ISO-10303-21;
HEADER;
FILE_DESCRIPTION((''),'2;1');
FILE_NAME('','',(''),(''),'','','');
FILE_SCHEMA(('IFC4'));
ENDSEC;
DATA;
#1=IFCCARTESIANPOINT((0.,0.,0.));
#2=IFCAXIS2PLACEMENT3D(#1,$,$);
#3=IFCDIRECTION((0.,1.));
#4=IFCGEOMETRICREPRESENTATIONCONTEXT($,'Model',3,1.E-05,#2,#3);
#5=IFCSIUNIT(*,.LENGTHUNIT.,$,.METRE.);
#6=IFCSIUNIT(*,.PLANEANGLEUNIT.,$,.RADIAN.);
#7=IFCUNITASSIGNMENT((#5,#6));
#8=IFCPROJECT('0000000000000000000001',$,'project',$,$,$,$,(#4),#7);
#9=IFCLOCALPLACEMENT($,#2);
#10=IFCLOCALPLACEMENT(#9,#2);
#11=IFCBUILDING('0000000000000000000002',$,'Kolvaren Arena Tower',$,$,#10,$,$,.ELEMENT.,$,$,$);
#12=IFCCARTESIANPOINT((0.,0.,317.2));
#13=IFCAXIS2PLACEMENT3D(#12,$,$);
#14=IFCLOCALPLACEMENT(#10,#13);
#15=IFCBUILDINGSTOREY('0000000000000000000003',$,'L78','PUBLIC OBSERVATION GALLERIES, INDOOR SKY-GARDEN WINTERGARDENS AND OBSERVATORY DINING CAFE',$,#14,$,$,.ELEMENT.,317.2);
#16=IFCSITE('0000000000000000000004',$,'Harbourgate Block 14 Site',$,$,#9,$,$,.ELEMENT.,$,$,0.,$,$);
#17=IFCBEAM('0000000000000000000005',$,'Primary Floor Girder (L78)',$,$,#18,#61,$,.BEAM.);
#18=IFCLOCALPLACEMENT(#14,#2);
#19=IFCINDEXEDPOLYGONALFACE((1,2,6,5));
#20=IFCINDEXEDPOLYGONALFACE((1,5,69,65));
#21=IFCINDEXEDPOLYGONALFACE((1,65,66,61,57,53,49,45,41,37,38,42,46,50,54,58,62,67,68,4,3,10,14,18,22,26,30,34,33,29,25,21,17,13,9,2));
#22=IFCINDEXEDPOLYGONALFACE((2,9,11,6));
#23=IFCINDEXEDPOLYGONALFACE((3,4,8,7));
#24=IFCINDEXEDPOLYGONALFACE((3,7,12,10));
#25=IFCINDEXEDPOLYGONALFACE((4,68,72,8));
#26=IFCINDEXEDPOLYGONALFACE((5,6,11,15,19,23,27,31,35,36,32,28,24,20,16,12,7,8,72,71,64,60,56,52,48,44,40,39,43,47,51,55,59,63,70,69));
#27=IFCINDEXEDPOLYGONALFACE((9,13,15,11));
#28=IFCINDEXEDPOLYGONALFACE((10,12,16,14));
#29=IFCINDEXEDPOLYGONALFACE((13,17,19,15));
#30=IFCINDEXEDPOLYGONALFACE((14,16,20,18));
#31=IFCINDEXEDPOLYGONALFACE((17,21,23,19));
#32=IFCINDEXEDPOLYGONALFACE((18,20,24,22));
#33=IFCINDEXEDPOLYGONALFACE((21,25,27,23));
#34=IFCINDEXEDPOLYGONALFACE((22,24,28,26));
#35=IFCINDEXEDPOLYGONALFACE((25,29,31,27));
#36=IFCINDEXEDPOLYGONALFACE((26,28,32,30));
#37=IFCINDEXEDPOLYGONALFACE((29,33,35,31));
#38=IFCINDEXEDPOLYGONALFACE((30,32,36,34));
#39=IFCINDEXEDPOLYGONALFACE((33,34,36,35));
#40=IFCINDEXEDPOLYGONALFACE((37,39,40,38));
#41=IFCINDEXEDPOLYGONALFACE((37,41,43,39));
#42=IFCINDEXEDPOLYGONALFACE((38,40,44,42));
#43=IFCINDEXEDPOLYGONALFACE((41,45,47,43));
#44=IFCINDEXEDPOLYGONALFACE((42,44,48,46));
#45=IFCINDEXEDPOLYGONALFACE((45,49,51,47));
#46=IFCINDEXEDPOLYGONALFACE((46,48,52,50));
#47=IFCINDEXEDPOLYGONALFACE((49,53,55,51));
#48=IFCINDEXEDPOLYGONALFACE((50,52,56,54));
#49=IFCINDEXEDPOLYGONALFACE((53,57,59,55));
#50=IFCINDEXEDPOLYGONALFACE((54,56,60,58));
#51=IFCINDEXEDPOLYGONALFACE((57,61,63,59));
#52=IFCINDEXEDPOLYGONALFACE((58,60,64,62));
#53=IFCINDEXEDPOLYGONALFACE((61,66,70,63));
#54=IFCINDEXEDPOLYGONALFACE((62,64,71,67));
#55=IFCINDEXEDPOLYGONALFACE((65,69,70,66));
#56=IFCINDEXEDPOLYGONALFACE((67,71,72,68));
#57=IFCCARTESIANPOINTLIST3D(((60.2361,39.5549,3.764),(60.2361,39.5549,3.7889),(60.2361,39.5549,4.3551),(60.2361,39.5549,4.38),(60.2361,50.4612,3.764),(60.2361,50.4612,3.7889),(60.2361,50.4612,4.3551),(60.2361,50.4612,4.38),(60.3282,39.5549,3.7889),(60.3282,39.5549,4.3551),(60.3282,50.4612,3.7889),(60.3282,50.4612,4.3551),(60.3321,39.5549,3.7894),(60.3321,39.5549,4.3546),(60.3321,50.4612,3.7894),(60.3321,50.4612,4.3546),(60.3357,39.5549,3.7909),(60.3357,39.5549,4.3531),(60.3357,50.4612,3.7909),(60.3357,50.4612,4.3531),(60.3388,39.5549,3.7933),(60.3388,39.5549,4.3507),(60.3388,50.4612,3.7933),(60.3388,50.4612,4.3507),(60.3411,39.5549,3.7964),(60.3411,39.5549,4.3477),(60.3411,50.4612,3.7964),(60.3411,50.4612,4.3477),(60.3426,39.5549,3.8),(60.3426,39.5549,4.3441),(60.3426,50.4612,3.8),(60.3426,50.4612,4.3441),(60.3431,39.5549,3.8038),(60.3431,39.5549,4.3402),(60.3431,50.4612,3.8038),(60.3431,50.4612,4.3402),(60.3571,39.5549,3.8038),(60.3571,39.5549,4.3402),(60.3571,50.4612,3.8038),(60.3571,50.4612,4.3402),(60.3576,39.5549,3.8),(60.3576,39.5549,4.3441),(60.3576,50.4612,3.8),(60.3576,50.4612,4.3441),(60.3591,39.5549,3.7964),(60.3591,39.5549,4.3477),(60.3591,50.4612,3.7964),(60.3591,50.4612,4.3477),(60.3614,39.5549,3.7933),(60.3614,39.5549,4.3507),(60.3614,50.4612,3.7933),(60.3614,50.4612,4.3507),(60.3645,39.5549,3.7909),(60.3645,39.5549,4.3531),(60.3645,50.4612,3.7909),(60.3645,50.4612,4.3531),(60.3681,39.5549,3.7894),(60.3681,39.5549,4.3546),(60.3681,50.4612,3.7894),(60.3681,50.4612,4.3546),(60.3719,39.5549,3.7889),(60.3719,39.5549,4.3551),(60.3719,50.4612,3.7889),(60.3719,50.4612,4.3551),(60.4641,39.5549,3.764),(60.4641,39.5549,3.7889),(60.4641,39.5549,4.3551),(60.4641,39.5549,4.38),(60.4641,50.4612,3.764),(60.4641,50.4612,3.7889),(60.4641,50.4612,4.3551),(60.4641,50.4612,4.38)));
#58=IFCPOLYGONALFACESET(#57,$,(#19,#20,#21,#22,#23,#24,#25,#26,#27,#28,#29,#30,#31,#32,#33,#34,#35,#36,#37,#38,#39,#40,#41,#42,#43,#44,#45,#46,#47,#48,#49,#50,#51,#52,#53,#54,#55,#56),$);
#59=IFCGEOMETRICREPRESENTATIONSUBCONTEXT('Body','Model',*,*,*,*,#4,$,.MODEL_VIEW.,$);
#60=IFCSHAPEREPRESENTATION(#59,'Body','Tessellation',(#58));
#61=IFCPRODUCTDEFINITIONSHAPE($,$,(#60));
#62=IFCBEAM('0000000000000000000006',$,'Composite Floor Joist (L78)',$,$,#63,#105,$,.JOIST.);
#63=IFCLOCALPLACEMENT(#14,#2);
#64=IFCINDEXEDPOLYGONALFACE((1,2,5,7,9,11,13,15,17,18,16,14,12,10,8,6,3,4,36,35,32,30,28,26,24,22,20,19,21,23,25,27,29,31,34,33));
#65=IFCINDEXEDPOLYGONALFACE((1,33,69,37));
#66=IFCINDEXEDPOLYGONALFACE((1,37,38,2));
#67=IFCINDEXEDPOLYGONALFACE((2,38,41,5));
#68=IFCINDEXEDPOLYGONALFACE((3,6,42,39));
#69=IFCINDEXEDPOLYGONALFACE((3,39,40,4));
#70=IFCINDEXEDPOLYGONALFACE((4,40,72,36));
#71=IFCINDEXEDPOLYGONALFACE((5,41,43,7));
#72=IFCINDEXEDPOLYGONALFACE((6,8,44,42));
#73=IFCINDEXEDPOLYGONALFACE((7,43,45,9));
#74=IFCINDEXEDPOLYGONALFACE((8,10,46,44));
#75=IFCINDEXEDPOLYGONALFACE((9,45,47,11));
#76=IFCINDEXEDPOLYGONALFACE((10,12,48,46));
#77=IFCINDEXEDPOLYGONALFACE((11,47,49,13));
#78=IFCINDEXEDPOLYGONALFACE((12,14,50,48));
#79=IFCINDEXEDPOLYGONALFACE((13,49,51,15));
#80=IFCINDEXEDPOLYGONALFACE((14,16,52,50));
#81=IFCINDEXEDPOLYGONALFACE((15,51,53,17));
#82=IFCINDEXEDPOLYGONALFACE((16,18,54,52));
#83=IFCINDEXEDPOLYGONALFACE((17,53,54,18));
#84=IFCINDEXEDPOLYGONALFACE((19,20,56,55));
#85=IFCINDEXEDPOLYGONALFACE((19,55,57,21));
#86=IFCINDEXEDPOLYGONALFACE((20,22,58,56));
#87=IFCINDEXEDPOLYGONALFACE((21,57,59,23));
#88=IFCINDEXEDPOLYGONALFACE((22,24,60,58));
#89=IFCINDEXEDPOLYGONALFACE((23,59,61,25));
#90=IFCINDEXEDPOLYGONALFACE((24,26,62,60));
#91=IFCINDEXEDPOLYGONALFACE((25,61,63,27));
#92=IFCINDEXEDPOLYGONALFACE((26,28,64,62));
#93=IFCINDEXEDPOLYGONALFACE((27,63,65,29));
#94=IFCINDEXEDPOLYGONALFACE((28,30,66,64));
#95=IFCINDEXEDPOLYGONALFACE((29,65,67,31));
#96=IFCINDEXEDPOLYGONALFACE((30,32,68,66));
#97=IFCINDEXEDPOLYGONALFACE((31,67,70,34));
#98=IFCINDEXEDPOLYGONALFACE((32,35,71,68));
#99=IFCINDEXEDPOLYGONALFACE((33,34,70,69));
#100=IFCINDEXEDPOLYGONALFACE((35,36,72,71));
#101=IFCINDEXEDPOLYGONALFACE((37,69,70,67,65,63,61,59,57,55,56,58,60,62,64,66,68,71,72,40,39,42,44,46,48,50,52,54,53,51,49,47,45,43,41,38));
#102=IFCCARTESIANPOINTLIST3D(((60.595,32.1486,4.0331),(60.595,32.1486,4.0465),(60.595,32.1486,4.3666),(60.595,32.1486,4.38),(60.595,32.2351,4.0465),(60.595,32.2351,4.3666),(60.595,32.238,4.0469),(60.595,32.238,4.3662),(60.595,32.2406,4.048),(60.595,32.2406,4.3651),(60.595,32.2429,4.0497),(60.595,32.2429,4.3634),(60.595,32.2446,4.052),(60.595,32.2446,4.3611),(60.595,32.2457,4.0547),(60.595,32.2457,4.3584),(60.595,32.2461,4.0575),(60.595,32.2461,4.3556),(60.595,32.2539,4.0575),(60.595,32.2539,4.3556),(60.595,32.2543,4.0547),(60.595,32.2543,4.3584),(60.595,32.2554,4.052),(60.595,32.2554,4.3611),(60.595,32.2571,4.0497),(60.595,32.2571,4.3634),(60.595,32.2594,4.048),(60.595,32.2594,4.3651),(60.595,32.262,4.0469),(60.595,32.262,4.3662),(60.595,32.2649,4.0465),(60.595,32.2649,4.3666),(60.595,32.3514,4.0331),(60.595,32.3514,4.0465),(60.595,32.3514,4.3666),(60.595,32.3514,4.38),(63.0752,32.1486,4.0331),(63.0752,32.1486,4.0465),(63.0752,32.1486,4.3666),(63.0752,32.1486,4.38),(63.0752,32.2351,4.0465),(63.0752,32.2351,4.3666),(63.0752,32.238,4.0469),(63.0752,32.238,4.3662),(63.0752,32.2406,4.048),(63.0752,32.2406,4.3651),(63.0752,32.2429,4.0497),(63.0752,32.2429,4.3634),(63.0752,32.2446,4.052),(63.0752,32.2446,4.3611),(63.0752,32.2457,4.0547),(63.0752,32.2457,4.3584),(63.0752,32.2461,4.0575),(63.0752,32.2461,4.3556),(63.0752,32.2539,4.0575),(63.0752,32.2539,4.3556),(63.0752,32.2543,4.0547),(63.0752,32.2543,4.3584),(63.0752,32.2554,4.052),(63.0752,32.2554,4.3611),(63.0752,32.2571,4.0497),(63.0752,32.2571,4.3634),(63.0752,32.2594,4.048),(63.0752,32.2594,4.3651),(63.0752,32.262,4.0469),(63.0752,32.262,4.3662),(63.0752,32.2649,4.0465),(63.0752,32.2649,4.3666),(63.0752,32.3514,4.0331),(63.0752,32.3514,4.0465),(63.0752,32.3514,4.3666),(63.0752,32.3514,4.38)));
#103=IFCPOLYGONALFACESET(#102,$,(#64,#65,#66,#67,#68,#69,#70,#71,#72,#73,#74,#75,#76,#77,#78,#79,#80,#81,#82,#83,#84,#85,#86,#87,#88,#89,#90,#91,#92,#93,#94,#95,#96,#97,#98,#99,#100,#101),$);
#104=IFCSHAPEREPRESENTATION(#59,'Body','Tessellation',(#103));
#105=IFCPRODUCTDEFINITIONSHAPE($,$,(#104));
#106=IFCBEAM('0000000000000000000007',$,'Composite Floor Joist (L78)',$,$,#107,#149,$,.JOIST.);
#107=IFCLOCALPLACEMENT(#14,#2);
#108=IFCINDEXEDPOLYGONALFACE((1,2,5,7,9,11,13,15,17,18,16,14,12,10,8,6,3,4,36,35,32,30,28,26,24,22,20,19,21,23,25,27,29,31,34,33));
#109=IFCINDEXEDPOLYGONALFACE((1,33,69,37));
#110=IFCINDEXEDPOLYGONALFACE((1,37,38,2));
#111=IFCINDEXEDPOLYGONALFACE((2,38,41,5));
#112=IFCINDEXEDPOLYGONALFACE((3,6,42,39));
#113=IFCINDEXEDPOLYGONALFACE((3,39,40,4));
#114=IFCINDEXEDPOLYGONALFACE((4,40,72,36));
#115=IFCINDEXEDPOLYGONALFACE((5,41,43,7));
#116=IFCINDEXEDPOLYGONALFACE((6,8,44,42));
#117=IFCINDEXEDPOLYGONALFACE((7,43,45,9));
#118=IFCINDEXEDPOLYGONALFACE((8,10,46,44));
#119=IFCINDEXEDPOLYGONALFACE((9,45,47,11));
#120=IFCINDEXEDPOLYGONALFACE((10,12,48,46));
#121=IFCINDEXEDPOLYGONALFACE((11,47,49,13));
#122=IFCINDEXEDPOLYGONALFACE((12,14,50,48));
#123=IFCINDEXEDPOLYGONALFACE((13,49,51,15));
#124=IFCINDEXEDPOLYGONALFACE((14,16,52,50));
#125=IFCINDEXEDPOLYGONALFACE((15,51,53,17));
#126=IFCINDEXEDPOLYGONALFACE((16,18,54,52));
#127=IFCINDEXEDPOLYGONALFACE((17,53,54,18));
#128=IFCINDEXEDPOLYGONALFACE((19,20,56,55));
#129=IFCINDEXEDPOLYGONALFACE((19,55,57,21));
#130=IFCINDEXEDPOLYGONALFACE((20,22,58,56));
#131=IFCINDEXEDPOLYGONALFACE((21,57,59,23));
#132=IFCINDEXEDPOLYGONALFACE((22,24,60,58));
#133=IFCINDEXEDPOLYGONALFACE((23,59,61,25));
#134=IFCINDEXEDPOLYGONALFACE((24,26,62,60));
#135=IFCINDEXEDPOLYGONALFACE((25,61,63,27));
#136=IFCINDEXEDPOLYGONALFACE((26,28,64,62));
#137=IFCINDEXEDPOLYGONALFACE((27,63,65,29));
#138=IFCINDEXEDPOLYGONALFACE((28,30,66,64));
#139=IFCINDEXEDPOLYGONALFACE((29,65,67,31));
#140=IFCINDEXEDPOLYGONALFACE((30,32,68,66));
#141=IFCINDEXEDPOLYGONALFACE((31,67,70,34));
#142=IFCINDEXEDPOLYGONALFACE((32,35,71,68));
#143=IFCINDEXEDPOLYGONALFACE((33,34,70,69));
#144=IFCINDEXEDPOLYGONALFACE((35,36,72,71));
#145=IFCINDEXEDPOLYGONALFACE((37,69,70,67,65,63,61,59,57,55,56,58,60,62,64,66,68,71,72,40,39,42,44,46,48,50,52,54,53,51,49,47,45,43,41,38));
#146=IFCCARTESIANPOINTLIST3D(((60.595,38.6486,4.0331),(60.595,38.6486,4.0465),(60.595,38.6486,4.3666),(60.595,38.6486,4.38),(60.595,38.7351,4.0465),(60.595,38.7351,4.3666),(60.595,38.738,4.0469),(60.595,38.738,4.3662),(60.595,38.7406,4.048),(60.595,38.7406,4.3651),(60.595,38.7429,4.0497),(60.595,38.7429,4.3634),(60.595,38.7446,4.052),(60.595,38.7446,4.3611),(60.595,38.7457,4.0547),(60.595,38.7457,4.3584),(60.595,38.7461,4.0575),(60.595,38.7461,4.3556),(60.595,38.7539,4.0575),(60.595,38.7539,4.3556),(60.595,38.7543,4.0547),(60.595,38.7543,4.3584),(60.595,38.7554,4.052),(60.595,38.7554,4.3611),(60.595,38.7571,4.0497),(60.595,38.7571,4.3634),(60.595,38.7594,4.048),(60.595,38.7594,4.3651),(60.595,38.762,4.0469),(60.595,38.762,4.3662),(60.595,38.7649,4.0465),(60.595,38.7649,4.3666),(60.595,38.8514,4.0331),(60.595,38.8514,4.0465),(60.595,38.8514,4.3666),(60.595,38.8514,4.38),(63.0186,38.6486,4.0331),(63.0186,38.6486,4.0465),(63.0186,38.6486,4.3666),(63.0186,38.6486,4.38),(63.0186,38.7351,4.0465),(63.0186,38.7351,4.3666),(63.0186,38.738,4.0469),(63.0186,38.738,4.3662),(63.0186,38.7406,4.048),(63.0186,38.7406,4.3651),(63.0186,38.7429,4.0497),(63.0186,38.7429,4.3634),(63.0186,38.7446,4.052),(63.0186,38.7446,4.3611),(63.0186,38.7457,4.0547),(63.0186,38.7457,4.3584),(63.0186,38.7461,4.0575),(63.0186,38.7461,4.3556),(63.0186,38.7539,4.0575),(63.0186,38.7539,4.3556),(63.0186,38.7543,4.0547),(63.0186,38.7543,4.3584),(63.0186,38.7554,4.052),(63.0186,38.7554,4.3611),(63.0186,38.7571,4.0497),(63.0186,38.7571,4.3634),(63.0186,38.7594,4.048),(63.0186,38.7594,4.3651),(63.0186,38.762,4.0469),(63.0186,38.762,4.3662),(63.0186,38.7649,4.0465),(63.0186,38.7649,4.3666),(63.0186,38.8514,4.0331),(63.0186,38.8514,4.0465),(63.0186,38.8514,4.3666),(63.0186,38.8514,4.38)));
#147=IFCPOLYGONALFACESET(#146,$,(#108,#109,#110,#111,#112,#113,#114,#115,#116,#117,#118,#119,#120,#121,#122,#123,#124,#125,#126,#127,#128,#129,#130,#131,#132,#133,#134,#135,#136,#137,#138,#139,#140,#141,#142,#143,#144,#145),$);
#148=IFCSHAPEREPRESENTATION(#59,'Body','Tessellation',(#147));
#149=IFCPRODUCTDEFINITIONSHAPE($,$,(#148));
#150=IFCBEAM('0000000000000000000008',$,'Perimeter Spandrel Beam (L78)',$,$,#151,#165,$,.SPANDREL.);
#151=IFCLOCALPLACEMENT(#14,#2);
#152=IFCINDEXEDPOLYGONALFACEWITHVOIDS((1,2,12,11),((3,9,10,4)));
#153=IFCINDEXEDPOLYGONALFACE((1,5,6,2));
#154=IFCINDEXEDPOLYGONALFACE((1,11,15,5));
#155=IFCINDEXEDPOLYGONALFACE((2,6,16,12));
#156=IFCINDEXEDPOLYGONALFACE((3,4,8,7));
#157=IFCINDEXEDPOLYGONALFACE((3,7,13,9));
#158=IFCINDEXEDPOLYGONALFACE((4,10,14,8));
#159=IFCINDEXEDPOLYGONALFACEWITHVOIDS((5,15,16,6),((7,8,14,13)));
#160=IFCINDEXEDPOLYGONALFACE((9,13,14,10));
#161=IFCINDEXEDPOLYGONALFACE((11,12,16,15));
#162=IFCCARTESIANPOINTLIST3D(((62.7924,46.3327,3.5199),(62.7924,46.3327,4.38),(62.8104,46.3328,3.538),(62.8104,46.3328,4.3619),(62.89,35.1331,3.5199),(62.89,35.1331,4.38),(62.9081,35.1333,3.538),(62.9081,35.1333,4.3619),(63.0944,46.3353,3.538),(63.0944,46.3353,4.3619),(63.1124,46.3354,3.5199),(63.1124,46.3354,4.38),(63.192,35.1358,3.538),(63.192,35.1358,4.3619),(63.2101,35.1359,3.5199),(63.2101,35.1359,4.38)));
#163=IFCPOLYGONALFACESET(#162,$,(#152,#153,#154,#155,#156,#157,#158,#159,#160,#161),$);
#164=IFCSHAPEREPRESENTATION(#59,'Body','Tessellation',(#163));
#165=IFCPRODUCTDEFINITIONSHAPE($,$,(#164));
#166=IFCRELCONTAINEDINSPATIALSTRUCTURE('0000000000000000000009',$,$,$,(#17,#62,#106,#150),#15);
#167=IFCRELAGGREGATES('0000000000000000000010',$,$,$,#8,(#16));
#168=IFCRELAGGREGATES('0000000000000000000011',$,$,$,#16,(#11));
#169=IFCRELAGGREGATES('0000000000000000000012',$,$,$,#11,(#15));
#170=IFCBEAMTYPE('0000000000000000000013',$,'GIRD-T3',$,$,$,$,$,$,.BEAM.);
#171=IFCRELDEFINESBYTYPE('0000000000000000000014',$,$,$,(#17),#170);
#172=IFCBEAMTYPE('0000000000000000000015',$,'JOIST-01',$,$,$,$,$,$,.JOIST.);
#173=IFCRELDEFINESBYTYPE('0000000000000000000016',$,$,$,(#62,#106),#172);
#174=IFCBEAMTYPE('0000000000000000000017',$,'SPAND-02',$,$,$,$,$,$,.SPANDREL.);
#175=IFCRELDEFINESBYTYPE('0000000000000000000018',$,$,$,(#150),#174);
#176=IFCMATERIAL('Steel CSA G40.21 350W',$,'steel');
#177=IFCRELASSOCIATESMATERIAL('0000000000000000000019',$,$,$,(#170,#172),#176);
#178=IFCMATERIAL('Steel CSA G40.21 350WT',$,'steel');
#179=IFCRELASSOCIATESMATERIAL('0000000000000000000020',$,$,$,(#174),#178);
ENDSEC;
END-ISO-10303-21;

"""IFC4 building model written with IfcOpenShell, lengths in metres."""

from ifc_helpers import new_model, si_unit, direction, frame, origin, origin_2d, place, context, subcontext, project, spatial, hollow_rectangle, i_section, extrude, material, material_profile, profile_set, type_object, element, save


model = new_model("IFC4")

# Units and contexts
model_context = context("Model", 3, precision=1e-05, world=origin(), true_north=direction((0.0, 1.0)))
body_context = subcontext(model_context, "Body", "Model", "MODEL_VIEW")
ifc_project = project(units=[si_unit("LENGTHUNIT", "METRE"), si_unit("PLANEANGLEUNIT", "RADIAN")], contexts=[model_context])

# Site, building, storey
site_placement = place(None, origin())
site = spatial("IfcSite", under=ifc_project, at=site_placement, Name="Harbourgate Block 14 Site", CompositionType="ELEMENT", RefElevation=0.0)
building_placement = place(site_placement, origin())
building = spatial("IfcBuilding", under=site, at=building_placement, Name="Kolvaren Arena Tower", CompositionType="ELEMENT")
storey_placement = place(building_placement, frame((0.0, 0.0, 317.2)))
storey = spatial("IfcBuildingStorey", under=building, at=storey_placement, Name="L78", Description="PUBLIC OBSERVATION GALLERIES, INDOOR SKY-GARDEN WINTERGARDENS AND OBSERVATORY DINING CAFE", CompositionType="ELEMENT", Elevation=317.2)

# Beams
ifc_material_1 = material(Name="Steel CSA G40.21 350W", Category="steel")
ifc_material_profile_1 = material_profile(ifc_material_1, i_section(OverallWidth=0.228, OverallDepth=0.616, WebThickness=0.0139, FlangeThickness=0.0249, FilletRadius=0.0149, at=origin_2d()), Name="W610x174")
ifc_profile_set_1 = profile_set([ifc_material_profile_1], Name="Steel CSA G40.21 350W")
beam_type_1 = type_object("IfcBeamType", Name="GIRD-T3", PredefinedType="BEAM", material=ifc_profile_set_1)
beam_1_placement = place(storey_placement, frame((60.3501, 39.5549, 4.072), z_axis=(0.0, 1.0, 0.0), x_axis=(-1.0, 0.0, 0.0)))
element("IfcBeam", 1, at=beam_1_placement, inside=storey, type_object=beam_type_1, Name="Primary Floor Girder (L78)", PredefinedType="BEAM", context=body_context, shape_type="SweptSolid", body=[
    extrude(i_section(OverallWidth=0.228, OverallDepth=0.616, WebThickness=0.0139, FlangeThickness=0.0249, FilletRadius=0.0149, at=origin_2d()), origin(), (0.0, 0.0, 1.0), 10.9062),
])
ifc_material_profile_2 = material_profile(ifc_material_1, i_section(OverallWidth=0.2029, OverallDepth=0.3469, WebThickness=0.0078, FlangeThickness=0.0134, FilletRadius=0.011, at=origin_2d()), Name="W360x64")
ifc_profile_set_2 = profile_set([ifc_material_profile_2], Name="Steel CSA G40.21 350W")
beam_type_2 = type_object("IfcBeamType", Name="JOIST-01", PredefinedType="JOIST", material=ifc_profile_set_2)
beam_2_placement = place(storey_placement, frame((60.595, 32.25, 4.2065), z_axis=(1.0, 0.0, 0.0), x_axis=(0.0, 1.0, 0.0)))
element("IfcBeam", 2, at=beam_2_placement, inside=storey, type_object=beam_type_2, Name="Composite Floor Joist (L78)", PredefinedType="JOIST", context=body_context, shape_type="SweptSolid", body=[
    extrude(i_section(OverallWidth=0.2029, OverallDepth=0.3469, WebThickness=0.0078, FlangeThickness=0.0134, FilletRadius=0.011, at=origin_2d()), origin(), (0.0, 0.0, 1.0), 2.4802),
])
beam_3_placement = place(storey_placement, frame((60.595, 38.75, 4.2065), z_axis=(1.0, 0.0, 0.0), x_axis=(0.0, 1.0, 0.0)))
element("IfcBeam", 3, at=beam_3_placement, inside=storey, type_object=beam_type_2, Name="Composite Floor Joist (L78)", PredefinedType="JOIST", context=body_context, shape_type="SweptSolid", body=[
    extrude(i_section(OverallWidth=0.2029, OverallDepth=0.3469, WebThickness=0.0078, FlangeThickness=0.0134, FilletRadius=0.011, at=origin_2d()), origin(), (0.0, 0.0, 1.0), 2.4236),
])
ifc_material_2 = material(Name="Steel CSA G40.21 350WT", Category="steel")
ifc_material_profile_3 = material_profile(ifc_material_2, hollow_rectangle(XDim=0.3201, YDim=0.8601, WallThickness=0.0181, at=origin_2d()), Name="HSS 860x320x18")
ifc_profile_set_3 = profile_set([ifc_material_profile_3], Name="Steel CSA G40.21 350WT")
beam_type_3 = type_object("IfcBeamType", Name="SPAND-02", PredefinedType="SPANDREL", material=ifc_profile_set_3)
beam_4_placement = place(storey_placement, frame((63.05, 35.1345, 3.95), z_axis=(-0.008719, 0.999962, 0.0), x_axis=(-0.999962, -0.008719, 0.0)))
element("IfcBeam", 4, at=beam_4_placement, inside=storey, type_object=beam_type_3, Name="Perimeter Spandrel Beam (L78)", PredefinedType="SPANDREL", context=body_context, shape_type="SweptSolid", body=[
    extrude(hollow_rectangle(XDim=0.3201, YDim=0.8601, WallThickness=0.0181, at=origin_2d()), origin(), (0.0, 0.0, 1.0), 11.2),
])

save(model, "model.ifc")
